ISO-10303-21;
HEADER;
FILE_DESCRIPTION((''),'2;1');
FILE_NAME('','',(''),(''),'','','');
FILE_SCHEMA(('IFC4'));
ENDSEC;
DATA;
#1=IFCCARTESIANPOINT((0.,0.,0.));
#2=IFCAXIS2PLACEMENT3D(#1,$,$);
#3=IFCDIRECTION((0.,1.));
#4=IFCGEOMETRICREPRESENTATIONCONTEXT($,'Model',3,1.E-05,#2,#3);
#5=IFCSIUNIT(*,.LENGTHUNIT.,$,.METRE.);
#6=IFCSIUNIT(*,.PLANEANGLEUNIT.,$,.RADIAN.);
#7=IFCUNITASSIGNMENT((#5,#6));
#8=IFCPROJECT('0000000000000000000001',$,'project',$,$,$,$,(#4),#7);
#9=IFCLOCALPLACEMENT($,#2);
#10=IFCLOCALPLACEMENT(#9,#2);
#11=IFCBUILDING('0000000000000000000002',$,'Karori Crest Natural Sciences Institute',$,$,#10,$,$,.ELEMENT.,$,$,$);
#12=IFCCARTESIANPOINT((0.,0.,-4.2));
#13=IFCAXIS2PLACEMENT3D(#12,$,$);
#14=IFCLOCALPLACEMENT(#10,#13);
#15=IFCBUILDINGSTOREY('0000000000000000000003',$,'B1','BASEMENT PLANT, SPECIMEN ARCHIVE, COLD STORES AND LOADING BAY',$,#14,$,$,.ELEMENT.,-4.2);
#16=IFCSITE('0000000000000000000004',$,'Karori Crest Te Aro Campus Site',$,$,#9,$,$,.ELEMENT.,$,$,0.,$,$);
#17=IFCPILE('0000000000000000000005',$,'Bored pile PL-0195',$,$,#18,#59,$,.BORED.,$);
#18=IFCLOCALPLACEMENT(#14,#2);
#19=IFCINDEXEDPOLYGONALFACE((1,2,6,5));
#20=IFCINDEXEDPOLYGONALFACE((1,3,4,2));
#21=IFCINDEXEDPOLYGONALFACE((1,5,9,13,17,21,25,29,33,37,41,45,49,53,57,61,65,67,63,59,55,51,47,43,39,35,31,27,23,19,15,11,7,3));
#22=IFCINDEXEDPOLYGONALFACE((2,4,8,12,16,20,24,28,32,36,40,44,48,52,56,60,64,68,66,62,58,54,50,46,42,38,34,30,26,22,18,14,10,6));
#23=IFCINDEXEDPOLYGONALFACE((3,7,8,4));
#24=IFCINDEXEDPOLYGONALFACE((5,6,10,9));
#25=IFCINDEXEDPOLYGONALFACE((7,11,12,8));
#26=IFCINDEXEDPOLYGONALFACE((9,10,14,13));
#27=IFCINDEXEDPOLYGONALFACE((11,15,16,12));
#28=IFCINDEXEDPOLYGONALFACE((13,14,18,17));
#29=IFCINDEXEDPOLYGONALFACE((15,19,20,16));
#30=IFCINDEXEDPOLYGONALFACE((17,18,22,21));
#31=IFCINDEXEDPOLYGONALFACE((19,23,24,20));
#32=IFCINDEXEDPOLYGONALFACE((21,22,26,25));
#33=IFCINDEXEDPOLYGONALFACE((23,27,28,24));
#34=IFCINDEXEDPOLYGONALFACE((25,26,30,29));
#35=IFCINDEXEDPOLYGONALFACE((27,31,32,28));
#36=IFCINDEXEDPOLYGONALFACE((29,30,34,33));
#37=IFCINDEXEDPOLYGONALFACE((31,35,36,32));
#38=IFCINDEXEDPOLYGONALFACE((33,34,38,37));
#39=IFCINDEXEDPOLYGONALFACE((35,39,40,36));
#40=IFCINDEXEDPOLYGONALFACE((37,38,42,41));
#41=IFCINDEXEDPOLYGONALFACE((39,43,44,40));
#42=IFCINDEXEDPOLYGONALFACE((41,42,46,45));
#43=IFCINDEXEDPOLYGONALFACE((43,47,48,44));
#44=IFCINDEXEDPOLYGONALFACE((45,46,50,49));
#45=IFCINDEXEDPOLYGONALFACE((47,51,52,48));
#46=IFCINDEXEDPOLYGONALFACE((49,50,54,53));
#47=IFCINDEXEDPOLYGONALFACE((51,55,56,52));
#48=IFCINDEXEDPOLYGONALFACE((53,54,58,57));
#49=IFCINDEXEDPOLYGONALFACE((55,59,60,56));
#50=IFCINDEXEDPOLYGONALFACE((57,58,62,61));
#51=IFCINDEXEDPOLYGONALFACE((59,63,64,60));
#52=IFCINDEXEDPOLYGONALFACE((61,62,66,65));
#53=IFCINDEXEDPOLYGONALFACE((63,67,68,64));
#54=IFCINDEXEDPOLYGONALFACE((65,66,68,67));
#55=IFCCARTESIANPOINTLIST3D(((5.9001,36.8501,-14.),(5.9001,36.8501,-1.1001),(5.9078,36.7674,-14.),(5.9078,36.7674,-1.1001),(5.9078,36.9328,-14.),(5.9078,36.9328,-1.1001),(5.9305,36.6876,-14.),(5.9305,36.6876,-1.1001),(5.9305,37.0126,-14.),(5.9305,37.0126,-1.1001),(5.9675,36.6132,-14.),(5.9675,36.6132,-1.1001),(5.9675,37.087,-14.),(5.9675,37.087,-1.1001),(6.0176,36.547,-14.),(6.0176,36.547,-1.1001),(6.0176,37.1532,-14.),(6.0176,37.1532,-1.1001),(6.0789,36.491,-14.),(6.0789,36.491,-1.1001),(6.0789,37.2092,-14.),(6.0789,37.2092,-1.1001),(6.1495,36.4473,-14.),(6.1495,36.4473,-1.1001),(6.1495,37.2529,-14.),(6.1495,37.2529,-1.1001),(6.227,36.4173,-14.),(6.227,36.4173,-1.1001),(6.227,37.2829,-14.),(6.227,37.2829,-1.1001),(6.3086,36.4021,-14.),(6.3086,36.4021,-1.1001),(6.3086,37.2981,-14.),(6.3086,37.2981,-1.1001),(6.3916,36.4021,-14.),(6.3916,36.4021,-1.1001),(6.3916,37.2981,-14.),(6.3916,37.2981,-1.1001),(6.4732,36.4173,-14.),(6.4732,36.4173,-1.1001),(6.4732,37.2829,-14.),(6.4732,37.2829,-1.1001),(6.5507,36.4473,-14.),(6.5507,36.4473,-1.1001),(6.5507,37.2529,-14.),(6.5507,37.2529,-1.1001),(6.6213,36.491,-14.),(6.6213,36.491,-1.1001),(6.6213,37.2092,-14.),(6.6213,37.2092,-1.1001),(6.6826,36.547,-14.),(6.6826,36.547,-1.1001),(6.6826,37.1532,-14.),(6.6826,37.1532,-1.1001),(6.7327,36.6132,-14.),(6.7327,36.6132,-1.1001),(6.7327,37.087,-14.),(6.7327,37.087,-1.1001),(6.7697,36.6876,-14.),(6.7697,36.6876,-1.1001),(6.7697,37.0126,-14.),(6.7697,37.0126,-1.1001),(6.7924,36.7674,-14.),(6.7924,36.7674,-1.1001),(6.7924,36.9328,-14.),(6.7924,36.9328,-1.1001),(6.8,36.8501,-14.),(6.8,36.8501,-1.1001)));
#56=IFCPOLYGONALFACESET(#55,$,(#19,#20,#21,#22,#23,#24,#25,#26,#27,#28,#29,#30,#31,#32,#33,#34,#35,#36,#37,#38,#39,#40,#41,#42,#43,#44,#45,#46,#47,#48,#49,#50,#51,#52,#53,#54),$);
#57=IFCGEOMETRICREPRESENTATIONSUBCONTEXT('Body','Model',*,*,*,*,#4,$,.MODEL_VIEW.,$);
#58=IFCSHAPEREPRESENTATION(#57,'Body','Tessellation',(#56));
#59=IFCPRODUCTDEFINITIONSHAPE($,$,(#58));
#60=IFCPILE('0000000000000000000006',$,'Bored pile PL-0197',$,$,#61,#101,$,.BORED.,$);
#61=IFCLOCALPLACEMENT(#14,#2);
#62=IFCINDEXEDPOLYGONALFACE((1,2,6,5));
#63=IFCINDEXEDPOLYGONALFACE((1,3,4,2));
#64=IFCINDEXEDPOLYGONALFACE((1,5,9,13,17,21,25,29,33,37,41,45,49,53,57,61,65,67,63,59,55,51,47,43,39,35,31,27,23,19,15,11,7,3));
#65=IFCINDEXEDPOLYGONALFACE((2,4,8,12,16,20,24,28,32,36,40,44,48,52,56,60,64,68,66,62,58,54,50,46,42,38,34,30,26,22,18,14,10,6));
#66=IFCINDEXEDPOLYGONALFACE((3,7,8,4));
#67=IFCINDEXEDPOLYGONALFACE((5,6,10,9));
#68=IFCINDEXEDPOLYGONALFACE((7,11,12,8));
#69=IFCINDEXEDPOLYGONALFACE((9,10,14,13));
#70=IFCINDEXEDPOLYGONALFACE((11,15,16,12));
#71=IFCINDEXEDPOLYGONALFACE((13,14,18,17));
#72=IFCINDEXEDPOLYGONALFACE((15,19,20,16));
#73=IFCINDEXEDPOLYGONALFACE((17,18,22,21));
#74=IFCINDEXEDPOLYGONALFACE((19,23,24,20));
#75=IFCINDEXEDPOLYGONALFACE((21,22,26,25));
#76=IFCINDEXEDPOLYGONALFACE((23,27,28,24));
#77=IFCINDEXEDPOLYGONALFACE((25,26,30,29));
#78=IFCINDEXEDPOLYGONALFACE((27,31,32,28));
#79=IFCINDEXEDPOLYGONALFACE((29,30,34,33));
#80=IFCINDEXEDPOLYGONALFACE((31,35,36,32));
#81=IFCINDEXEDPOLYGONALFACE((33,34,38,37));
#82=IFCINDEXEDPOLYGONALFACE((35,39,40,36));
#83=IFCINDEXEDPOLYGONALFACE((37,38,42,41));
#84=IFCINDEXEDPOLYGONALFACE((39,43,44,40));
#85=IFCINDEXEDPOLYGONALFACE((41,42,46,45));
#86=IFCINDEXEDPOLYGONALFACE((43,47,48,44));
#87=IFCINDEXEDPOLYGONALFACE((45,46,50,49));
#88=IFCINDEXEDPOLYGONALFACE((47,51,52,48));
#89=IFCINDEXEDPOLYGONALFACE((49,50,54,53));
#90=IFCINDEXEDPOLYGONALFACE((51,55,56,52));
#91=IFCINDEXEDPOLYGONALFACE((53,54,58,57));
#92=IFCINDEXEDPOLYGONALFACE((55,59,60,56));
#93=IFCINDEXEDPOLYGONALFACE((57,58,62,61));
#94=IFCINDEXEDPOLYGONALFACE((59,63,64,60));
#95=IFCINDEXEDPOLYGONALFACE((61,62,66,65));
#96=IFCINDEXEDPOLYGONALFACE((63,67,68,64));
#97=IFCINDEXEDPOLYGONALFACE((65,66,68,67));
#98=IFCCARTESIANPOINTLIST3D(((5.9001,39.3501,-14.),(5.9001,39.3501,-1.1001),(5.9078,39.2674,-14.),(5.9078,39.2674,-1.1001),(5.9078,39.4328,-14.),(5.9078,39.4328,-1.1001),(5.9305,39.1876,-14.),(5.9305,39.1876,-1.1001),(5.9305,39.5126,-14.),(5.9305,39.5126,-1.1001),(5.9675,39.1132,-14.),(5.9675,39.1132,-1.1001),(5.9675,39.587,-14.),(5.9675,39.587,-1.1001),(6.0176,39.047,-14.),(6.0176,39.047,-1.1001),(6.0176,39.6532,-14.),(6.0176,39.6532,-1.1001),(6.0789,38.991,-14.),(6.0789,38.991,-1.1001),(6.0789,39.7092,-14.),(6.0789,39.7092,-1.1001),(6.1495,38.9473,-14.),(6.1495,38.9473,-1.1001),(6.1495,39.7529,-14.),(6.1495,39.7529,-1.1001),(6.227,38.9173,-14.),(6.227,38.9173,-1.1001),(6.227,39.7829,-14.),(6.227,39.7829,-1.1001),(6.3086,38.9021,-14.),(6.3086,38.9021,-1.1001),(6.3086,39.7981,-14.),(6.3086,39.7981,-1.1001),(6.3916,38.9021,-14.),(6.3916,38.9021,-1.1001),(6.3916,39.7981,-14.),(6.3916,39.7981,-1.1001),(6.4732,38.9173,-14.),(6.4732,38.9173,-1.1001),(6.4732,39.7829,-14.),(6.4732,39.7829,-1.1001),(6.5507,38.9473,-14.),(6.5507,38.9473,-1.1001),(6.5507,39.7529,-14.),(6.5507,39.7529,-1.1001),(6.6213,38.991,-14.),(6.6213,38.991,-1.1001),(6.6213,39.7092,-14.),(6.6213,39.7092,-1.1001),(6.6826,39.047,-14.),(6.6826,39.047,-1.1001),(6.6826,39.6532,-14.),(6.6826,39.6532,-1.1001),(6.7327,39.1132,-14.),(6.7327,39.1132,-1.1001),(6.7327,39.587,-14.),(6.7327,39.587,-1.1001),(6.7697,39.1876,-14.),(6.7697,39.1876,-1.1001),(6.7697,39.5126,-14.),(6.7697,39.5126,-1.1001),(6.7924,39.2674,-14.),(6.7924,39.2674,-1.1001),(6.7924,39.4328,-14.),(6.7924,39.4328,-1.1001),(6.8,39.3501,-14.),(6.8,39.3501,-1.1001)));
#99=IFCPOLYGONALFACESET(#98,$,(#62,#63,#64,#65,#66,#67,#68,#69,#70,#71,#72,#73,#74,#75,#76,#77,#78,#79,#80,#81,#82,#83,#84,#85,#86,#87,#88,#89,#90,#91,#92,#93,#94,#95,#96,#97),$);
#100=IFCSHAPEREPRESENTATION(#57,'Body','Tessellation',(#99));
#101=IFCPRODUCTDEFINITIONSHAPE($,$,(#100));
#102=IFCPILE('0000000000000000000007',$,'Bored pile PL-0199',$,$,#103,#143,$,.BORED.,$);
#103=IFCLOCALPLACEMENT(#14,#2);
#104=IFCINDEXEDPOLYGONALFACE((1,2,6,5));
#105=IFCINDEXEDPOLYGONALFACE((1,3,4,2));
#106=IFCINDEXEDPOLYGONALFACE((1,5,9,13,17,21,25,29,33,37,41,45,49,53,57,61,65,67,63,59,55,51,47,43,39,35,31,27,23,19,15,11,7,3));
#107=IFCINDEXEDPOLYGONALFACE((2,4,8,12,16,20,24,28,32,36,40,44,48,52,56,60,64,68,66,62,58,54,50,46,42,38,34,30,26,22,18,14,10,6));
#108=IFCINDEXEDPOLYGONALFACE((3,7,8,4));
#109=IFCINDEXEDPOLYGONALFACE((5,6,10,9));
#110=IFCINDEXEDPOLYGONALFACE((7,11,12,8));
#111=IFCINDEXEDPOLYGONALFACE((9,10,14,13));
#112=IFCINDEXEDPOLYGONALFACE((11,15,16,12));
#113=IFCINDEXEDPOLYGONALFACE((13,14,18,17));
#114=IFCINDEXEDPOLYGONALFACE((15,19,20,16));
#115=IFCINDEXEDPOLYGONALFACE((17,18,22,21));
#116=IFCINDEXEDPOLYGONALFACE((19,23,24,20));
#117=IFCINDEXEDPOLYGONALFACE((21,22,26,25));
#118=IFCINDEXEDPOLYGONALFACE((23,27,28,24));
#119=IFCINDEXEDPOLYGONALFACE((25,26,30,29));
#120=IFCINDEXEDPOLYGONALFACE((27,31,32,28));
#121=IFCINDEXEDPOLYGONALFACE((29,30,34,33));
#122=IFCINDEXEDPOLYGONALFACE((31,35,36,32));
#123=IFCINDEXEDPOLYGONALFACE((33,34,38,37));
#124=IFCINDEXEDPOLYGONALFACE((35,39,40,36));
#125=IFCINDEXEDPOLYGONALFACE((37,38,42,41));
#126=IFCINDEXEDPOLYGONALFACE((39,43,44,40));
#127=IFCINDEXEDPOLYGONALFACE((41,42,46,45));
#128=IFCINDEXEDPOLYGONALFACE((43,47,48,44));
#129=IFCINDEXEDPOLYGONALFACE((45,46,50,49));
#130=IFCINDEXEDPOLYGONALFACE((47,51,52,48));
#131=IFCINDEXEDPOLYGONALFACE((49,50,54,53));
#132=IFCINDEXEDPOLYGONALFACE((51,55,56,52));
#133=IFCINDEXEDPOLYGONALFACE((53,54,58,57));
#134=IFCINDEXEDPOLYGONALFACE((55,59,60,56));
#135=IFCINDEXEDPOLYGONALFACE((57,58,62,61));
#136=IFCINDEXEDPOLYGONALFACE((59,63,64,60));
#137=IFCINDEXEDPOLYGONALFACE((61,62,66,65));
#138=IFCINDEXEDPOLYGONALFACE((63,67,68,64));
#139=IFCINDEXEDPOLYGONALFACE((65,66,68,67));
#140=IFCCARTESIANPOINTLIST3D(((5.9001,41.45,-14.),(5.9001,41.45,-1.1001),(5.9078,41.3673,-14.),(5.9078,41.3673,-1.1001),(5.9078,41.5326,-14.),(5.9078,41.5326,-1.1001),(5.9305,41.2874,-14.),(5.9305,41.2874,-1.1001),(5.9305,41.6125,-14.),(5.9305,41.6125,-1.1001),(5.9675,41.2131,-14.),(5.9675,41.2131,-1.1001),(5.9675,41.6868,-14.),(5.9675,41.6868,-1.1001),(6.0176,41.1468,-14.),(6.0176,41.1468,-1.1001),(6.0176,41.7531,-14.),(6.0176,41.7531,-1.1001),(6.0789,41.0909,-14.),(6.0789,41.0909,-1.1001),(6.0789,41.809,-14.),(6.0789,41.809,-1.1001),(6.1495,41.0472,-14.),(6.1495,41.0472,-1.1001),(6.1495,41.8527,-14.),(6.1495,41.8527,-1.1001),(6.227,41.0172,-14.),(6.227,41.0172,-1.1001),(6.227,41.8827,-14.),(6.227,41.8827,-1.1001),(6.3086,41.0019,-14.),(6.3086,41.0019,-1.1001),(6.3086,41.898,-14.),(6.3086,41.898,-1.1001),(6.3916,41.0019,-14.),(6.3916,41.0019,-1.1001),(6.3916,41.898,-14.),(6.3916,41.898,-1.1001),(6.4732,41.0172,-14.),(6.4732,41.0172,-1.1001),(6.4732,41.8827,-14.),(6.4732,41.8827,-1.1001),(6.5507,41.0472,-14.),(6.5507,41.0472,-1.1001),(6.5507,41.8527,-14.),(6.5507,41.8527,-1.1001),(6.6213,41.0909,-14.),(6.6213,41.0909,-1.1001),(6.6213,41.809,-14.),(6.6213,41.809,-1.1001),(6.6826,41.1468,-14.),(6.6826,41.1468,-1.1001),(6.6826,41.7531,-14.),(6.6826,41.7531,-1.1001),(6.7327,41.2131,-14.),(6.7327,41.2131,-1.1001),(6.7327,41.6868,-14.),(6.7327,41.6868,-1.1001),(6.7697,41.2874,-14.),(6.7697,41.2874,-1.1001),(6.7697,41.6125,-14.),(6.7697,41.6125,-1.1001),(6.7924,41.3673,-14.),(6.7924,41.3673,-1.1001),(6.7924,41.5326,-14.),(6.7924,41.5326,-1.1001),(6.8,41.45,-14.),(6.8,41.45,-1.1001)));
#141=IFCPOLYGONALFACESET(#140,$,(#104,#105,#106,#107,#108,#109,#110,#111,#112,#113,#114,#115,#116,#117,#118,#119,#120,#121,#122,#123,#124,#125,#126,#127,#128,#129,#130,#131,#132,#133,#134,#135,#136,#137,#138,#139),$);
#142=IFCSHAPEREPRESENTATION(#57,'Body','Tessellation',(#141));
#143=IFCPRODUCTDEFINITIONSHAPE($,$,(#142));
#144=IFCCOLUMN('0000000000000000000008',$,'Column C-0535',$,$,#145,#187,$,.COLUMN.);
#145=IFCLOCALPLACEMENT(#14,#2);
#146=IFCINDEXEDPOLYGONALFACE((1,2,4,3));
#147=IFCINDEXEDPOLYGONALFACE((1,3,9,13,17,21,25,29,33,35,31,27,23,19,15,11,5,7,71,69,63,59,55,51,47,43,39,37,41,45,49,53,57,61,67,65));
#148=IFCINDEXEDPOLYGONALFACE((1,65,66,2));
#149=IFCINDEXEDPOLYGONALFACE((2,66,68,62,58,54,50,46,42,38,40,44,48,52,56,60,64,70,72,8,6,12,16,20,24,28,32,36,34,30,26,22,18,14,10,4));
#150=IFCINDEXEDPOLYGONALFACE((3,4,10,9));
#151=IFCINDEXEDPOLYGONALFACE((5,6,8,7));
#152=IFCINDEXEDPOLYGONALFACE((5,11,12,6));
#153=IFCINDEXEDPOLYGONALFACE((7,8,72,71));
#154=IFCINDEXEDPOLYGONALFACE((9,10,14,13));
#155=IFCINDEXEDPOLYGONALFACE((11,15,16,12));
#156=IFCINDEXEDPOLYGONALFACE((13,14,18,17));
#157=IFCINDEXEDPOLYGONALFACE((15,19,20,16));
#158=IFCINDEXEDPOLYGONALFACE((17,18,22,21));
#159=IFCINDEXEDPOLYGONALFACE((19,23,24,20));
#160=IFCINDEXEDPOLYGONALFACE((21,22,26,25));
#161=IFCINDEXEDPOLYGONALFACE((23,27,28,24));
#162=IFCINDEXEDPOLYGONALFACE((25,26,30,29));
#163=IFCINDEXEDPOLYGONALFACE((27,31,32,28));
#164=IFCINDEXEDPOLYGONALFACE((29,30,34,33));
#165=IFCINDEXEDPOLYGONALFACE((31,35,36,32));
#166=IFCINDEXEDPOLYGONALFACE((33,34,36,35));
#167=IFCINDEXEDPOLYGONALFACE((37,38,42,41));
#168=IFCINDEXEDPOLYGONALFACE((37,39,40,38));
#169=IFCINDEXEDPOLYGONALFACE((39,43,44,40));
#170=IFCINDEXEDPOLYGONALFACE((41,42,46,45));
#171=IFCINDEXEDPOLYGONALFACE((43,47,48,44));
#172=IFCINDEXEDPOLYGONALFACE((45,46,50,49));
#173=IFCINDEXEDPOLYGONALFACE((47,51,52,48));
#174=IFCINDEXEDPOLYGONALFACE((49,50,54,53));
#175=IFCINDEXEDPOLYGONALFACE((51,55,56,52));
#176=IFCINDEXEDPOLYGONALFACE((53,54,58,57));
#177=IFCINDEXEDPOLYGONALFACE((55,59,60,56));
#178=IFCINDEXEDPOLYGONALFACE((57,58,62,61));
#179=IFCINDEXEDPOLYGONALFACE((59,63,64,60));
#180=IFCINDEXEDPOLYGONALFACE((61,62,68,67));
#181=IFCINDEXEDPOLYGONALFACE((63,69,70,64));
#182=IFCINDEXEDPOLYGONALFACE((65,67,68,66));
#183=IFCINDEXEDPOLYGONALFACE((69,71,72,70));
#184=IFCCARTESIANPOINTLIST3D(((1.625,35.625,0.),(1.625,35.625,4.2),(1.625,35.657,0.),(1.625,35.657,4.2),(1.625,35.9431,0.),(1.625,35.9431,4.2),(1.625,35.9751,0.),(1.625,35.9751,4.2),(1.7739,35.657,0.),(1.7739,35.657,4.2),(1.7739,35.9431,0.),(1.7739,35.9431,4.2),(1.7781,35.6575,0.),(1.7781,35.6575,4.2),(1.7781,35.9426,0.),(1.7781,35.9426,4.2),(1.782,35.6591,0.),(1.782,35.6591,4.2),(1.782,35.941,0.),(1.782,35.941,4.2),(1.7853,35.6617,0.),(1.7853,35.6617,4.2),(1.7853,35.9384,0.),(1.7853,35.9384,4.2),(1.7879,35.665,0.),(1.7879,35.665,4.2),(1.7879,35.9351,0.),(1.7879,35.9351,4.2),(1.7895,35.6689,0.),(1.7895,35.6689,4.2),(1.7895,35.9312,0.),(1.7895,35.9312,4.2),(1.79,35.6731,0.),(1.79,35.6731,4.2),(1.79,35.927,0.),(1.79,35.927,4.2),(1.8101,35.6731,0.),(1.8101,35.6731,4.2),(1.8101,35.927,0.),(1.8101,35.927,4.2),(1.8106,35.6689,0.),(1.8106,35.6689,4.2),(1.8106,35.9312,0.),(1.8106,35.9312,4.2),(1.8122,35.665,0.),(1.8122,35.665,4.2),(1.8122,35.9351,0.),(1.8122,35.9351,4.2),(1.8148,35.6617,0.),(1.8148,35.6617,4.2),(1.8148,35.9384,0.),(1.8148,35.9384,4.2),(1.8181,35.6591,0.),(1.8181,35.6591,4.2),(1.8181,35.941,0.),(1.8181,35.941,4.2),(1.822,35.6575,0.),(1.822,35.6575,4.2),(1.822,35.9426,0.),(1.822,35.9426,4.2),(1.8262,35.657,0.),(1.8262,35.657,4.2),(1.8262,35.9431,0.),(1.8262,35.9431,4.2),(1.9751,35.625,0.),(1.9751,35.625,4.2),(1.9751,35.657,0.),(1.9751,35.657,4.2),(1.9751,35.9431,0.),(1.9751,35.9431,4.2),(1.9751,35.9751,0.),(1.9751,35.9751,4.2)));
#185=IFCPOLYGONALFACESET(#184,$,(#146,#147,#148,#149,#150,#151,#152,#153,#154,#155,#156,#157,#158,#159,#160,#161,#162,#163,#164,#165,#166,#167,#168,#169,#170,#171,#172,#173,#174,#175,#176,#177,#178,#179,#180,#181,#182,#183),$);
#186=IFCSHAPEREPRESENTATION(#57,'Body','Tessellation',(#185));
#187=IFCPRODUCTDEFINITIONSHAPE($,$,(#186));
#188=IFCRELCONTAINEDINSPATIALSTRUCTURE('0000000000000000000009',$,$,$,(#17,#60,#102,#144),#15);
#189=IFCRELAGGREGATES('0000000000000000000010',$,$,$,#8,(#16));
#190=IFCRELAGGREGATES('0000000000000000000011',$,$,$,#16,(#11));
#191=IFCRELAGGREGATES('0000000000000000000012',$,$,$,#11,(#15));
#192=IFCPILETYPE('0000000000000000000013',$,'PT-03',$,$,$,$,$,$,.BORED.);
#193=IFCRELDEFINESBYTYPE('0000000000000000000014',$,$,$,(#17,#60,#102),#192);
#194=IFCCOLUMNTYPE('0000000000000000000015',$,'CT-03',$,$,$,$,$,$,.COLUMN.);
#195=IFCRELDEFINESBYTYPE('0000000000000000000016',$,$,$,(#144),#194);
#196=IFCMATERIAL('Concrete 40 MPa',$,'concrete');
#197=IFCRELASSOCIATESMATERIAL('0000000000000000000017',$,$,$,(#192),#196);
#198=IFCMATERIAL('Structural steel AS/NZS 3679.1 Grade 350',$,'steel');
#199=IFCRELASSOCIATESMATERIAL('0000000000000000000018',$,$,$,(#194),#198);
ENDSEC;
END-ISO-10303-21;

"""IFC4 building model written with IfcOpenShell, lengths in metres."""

from ifc_helpers import new_model, si_unit, direction, frame, origin, origin_2d, place, context, subcontext, project, spatial, circle, i_section, extrude, material, material_profile, profile_set, type_object, element, save


model = new_model("IFC4")

# Units and contexts
model_context = context("Model", 3, precision=1e-05, world=origin(), true_north=direction((0.0, 1.0)))
body_context = subcontext(model_context, "Body", "Model", "MODEL_VIEW")
ifc_project = project(units=[si_unit("LENGTHUNIT", "METRE"), si_unit("PLANEANGLEUNIT", "RADIAN")], contexts=[model_context])

# Site, building, storey
site_placement = place(None, origin())
site = spatial("IfcSite", under=ifc_project, at=site_placement, Name="Karori Crest Te Aro Campus Site", CompositionType="ELEMENT", RefElevation=0.0)
building_placement = place(site_placement, origin())
building = spatial("IfcBuilding", under=site, at=building_placement, Name="Karori Crest Natural Sciences Institute", CompositionType="ELEMENT")
storey_placement = place(building_placement, frame((0.0, 0.0, -4.2)))
storey = spatial("IfcBuildingStorey", under=building, at=storey_placement, Name="B1", Description="BASEMENT PLANT, SPECIMEN ARCHIVE, COLD STORES AND LOADING BAY", CompositionType="ELEMENT", Elevation=-4.2)

# Shared definitions
ifc_material_1 = material(Name="Concrete 40 MPa", Category="concrete")

# Piles
ifc_material_profile_1 = material_profile(ifc_material_1, circle(Radius=0.45, at=origin_2d()), Name="PILE900")
ifc_profile_set_1 = profile_set([ifc_material_profile_1], Name="Concrete 40 MPa")
pile_type = type_object("IfcPileType", Name="PT-03", PredefinedType="BORED", material=ifc_profile_set_1)
for number, where, z_axis, x_axis, name in (
    (1, (6.3501, 36.8501, -1.1001), (0.0, 0.0, -1.0), (1.0, 0.0, 0.0), "Bored pile PL-0195"),
    (2, (6.3501, 39.3501, -1.1001), (0.0, 0.0, -1.0), (1.0, 0.0, 0.0), "Bored pile PL-0197"),
    (3, (6.3501, 41.45, -1.1001), (0.0, 0.0, -1.0), (1.0, 0.0, 0.0), "Bored pile PL-0199"),
):
    element("IfcPile", number, at=place(storey_placement, frame(where, z_axis=z_axis, x_axis=x_axis)), inside=storey, type_object=pile_type, Name=name, PredefinedType="BORED", context=body_context, shape_type="SweptSolid", body=[
        extrude(circle(Radius=0.45, at=origin_2d()), origin(), (0.0, 0.0, 1.0), 12.8999),
    ])

# Column
ifc_material_2 = material(Name="Structural steel AS/NZS 3679.1 Grade 350", Category="steel")
ifc_material_profile_2 = material_profile(ifc_material_2, i_section(OverallWidth=0.3501, OverallDepth=0.3501, WebThickness=0.02, FlangeThickness=0.032, FilletRadius=0.0161, at=origin_2d()), Name="350WC280")
ifc_profile_set_2 = profile_set([ifc_material_profile_2], Name="Structural steel AS/NZS 3679.1 Grade 350")
column_type = type_object("IfcColumnType", Name="CT-03", PredefinedType="COLUMN", material=ifc_profile_set_2)
for number, where, z_axis, x_axis, name in (
    (4, (1.8, 35.8, 0.0), (0.0, 0.0, 1.0), (1.0, 0.0, 0.0), "Column C-0535"),
):
    element("IfcColumn", number, at=place(storey_placement, frame(where, z_axis=z_axis, x_axis=x_axis)), inside=storey, type_object=column_type, Name=name, PredefinedType="COLUMN", context=body_context, shape_type="SweptSolid", body=[
        extrude(i_section(OverallWidth=0.3501, OverallDepth=0.3501, WebThickness=0.02, FlangeThickness=0.032, FilletRadius=0.0161, at=origin_2d()), origin(), (0.0, 0.0, 1.0), 4.2),
    ])

save(model, "model.ifc")
